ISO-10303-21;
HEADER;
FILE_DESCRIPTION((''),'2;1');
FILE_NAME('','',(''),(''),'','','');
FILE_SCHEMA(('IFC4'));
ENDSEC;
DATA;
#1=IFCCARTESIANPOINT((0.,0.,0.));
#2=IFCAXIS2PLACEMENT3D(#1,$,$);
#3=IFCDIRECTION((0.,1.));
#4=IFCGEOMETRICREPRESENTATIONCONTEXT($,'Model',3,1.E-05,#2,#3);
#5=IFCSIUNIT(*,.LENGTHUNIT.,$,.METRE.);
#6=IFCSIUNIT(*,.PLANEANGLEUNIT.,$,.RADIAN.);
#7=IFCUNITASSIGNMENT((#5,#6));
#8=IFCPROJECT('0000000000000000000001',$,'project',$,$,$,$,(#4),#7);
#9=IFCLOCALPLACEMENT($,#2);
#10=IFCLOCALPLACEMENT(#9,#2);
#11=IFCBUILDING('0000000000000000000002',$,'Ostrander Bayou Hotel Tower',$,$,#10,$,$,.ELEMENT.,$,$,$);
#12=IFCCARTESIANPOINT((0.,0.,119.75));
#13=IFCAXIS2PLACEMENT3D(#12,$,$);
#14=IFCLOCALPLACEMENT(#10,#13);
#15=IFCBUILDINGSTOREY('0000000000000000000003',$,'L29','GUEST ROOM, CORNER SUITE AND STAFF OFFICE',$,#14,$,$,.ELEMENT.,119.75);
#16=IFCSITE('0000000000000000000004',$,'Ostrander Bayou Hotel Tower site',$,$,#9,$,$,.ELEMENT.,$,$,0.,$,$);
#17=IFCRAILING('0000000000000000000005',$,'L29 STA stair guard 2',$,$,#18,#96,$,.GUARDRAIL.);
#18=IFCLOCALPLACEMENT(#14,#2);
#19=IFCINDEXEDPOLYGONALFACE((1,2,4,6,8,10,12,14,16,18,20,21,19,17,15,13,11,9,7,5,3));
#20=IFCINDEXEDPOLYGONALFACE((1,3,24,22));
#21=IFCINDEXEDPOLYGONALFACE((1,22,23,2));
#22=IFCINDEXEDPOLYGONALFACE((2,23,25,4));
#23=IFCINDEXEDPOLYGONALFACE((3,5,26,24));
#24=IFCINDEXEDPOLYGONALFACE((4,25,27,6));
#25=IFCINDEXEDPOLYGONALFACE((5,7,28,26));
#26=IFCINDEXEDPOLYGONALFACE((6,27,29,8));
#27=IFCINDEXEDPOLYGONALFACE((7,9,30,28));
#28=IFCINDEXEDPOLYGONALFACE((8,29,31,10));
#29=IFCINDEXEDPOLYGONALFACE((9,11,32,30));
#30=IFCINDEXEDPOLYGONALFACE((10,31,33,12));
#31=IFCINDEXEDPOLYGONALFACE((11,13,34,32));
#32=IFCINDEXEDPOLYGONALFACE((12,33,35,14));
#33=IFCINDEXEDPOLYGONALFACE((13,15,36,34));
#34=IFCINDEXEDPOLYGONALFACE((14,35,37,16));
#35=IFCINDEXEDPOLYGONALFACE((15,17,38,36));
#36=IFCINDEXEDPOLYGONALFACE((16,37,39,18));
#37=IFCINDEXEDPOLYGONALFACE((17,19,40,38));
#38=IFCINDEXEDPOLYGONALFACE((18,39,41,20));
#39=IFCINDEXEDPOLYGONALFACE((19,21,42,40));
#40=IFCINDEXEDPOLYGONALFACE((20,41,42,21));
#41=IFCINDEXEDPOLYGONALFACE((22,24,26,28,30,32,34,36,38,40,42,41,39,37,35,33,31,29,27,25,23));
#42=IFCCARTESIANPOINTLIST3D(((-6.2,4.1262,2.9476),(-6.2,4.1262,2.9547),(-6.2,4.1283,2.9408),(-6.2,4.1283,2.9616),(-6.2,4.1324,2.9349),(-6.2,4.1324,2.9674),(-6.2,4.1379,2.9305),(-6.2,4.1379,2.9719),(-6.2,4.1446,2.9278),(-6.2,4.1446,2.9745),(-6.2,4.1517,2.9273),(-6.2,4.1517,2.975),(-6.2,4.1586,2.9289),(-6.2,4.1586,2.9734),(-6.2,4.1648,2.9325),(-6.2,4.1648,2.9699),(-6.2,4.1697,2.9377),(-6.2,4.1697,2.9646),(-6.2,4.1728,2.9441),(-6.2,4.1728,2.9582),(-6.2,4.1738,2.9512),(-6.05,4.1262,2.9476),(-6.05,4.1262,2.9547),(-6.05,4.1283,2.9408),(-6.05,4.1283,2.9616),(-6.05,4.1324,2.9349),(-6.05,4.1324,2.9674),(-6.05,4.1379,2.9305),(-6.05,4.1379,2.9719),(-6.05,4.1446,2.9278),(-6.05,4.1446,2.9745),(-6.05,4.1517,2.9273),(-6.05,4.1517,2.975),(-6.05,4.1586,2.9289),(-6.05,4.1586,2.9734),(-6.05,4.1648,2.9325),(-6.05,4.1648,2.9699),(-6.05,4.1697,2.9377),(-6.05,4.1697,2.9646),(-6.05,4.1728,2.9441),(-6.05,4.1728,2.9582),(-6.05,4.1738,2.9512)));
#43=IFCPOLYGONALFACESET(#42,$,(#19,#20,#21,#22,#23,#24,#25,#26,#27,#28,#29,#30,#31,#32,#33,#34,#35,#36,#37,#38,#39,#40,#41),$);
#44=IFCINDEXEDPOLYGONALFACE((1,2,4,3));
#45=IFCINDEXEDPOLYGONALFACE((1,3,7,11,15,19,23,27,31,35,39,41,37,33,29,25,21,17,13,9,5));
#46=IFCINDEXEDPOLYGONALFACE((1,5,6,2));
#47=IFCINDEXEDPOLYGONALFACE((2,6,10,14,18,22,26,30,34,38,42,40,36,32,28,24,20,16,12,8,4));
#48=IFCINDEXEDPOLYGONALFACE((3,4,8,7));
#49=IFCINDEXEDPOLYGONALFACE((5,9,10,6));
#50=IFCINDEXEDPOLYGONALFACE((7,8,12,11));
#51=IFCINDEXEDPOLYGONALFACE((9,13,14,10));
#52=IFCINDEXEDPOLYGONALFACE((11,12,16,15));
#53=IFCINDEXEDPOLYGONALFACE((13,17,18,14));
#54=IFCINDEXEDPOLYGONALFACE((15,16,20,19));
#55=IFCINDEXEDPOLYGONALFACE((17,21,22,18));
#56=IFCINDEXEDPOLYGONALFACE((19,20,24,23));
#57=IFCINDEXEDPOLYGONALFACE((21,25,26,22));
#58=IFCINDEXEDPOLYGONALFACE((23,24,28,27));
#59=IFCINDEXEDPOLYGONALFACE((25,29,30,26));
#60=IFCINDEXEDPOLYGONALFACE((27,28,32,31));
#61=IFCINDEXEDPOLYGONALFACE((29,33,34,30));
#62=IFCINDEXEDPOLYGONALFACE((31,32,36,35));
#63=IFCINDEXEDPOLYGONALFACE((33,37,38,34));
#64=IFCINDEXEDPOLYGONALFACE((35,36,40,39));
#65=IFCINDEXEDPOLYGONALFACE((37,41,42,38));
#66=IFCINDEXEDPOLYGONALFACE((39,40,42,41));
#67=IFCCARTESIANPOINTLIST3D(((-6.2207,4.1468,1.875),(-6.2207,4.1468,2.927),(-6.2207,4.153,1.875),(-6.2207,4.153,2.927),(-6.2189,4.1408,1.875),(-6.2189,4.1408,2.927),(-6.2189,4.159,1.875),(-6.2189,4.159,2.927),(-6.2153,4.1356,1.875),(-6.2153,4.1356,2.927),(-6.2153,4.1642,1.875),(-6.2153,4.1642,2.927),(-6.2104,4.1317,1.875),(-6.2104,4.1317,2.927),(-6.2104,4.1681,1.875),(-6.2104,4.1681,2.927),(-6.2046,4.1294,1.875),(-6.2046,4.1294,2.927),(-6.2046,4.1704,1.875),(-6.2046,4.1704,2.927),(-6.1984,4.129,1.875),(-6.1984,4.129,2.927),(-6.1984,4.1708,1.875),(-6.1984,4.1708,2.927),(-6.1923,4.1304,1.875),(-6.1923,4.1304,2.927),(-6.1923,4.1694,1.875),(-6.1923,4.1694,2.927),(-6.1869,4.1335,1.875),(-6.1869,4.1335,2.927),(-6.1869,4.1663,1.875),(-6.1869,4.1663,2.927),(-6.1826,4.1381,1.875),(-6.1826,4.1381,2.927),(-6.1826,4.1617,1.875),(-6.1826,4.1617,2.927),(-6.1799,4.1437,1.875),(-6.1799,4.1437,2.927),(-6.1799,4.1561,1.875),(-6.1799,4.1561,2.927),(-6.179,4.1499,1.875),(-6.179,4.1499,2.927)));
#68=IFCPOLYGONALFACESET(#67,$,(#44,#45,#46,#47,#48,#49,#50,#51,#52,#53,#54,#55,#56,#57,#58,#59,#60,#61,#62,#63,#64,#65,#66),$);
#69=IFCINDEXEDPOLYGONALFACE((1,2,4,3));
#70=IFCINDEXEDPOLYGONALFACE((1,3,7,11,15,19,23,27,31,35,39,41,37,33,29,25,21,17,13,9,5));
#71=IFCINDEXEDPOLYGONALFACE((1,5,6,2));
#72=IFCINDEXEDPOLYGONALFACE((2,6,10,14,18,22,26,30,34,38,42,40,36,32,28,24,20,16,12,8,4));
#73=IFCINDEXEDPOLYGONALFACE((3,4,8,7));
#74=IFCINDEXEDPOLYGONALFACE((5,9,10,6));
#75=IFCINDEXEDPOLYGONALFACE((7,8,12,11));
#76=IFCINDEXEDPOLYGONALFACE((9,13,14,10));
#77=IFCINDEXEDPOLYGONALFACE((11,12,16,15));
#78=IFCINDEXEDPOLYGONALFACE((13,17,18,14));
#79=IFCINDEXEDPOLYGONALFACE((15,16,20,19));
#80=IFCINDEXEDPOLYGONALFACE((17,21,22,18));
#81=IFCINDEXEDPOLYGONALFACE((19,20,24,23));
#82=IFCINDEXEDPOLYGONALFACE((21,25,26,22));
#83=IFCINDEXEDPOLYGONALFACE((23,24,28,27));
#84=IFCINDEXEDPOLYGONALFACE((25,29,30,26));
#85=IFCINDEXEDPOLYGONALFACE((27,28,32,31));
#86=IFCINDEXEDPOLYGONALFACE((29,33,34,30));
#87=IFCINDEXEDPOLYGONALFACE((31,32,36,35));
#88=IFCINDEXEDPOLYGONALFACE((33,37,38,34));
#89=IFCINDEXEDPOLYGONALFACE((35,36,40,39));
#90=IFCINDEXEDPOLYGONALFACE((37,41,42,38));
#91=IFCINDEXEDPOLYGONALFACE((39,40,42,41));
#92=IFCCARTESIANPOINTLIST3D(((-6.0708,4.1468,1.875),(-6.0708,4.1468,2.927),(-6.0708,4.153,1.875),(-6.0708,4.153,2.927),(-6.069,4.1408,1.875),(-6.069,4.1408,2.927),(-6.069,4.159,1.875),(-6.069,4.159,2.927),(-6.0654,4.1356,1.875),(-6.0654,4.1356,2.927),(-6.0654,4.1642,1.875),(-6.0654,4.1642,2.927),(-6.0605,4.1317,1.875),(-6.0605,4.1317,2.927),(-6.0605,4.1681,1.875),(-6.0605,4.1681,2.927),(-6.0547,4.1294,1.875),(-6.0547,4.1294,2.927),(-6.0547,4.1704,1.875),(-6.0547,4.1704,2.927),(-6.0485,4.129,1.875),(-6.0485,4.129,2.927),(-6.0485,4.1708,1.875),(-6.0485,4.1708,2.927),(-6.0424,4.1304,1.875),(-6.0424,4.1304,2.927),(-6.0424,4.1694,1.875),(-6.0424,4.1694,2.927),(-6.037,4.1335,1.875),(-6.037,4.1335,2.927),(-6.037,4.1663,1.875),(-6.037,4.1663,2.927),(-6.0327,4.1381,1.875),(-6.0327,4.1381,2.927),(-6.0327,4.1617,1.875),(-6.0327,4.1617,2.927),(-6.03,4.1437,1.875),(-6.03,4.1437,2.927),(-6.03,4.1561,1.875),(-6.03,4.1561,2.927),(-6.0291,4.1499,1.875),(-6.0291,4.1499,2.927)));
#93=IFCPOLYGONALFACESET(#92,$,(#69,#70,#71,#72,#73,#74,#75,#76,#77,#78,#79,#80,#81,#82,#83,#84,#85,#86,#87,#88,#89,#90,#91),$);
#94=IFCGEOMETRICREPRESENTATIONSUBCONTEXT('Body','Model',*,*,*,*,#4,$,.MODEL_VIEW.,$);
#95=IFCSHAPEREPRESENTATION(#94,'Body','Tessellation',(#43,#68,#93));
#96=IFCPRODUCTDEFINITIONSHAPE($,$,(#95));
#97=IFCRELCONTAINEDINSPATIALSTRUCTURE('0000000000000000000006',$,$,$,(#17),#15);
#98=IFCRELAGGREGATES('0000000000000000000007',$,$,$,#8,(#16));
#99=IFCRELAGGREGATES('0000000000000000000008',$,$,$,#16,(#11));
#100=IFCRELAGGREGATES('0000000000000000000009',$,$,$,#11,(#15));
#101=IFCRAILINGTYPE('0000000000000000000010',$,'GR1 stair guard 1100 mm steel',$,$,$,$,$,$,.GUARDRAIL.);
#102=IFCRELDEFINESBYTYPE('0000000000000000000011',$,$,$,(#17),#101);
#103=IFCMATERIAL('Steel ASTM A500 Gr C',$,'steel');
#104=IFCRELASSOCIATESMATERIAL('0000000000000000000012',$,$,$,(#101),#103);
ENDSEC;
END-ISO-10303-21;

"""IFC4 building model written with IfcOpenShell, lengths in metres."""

from ifc_helpers import new_model, si_unit, direction, frame, origin, origin_2d, place, context, subcontext, project, spatial, circle, extrude, material, type_object, element, save


model = new_model("IFC4")

# Units and contexts
model_context = context("Model", 3, precision=1e-05, world=origin(), true_north=direction((0.0, 1.0)))
body_context = subcontext(model_context, "Body", "Model", "MODEL_VIEW")
ifc_project = project(units=[si_unit("LENGTHUNIT", "METRE"), si_unit("PLANEANGLEUNIT", "RADIAN")], contexts=[model_context])

# Site, building, storey
site_placement = place(None, origin())
site = spatial("IfcSite", under=ifc_project, at=site_placement, Name="Ostrander Bayou Hotel Tower site", CompositionType="ELEMENT", RefElevation=0.0)
building_placement = place(site_placement, origin())
building = spatial("IfcBuilding", under=site, at=building_placement, Name="Ostrander Bayou Hotel Tower", CompositionType="ELEMENT")
storey_placement = place(building_placement, frame((0.0, 0.0, 119.75)))
storey = spatial("IfcBuildingStorey", under=building, at=storey_placement, Name="L29", Description="GUEST ROOM, CORNER SUITE AND STAFF OFFICE", CompositionType="ELEMENT", Elevation=119.75)

# Railing
ifc_material_1 = material(Name="Steel ASTM A500 Gr C", Category="steel")
railing_type_1 = type_object("IfcRailingType", Name="GR1 stair guard 1100 mm steel", PredefinedType="GUARDRAIL", material=ifc_material_1)
railing_1_placement = place(storey_placement, frame((-6.2, 4.1499, 1.875)))
element("IfcRailing", 1, at=railing_1_placement, inside=storey, type_object=railing_type_1, Name="L29 STA stair guard 2", PredefinedType="GUARDRAIL", context=body_context, shape_type="SweptSolid", body=[
    extrude(circle(Radius=0.0239, at=origin_2d()), frame((0.0, 0.0, 1.0762), z_axis=(1.0, 0.0, 0.0), x_axis=(0.0, 1.0, 0.0)), (0.0, 0.0, 1.0), 0.1499),
    extrude(circle(Radius=0.021, at=origin_2d()), origin(), (0.0, 0.0, 1.0), 1.052),
    extrude(circle(Radius=0.021, at=origin_2d()), frame((0.1499, 0.0, 0.0)), (0.0, 0.0, 1.0), 1.052),
])

save(model, "model.ifc")
